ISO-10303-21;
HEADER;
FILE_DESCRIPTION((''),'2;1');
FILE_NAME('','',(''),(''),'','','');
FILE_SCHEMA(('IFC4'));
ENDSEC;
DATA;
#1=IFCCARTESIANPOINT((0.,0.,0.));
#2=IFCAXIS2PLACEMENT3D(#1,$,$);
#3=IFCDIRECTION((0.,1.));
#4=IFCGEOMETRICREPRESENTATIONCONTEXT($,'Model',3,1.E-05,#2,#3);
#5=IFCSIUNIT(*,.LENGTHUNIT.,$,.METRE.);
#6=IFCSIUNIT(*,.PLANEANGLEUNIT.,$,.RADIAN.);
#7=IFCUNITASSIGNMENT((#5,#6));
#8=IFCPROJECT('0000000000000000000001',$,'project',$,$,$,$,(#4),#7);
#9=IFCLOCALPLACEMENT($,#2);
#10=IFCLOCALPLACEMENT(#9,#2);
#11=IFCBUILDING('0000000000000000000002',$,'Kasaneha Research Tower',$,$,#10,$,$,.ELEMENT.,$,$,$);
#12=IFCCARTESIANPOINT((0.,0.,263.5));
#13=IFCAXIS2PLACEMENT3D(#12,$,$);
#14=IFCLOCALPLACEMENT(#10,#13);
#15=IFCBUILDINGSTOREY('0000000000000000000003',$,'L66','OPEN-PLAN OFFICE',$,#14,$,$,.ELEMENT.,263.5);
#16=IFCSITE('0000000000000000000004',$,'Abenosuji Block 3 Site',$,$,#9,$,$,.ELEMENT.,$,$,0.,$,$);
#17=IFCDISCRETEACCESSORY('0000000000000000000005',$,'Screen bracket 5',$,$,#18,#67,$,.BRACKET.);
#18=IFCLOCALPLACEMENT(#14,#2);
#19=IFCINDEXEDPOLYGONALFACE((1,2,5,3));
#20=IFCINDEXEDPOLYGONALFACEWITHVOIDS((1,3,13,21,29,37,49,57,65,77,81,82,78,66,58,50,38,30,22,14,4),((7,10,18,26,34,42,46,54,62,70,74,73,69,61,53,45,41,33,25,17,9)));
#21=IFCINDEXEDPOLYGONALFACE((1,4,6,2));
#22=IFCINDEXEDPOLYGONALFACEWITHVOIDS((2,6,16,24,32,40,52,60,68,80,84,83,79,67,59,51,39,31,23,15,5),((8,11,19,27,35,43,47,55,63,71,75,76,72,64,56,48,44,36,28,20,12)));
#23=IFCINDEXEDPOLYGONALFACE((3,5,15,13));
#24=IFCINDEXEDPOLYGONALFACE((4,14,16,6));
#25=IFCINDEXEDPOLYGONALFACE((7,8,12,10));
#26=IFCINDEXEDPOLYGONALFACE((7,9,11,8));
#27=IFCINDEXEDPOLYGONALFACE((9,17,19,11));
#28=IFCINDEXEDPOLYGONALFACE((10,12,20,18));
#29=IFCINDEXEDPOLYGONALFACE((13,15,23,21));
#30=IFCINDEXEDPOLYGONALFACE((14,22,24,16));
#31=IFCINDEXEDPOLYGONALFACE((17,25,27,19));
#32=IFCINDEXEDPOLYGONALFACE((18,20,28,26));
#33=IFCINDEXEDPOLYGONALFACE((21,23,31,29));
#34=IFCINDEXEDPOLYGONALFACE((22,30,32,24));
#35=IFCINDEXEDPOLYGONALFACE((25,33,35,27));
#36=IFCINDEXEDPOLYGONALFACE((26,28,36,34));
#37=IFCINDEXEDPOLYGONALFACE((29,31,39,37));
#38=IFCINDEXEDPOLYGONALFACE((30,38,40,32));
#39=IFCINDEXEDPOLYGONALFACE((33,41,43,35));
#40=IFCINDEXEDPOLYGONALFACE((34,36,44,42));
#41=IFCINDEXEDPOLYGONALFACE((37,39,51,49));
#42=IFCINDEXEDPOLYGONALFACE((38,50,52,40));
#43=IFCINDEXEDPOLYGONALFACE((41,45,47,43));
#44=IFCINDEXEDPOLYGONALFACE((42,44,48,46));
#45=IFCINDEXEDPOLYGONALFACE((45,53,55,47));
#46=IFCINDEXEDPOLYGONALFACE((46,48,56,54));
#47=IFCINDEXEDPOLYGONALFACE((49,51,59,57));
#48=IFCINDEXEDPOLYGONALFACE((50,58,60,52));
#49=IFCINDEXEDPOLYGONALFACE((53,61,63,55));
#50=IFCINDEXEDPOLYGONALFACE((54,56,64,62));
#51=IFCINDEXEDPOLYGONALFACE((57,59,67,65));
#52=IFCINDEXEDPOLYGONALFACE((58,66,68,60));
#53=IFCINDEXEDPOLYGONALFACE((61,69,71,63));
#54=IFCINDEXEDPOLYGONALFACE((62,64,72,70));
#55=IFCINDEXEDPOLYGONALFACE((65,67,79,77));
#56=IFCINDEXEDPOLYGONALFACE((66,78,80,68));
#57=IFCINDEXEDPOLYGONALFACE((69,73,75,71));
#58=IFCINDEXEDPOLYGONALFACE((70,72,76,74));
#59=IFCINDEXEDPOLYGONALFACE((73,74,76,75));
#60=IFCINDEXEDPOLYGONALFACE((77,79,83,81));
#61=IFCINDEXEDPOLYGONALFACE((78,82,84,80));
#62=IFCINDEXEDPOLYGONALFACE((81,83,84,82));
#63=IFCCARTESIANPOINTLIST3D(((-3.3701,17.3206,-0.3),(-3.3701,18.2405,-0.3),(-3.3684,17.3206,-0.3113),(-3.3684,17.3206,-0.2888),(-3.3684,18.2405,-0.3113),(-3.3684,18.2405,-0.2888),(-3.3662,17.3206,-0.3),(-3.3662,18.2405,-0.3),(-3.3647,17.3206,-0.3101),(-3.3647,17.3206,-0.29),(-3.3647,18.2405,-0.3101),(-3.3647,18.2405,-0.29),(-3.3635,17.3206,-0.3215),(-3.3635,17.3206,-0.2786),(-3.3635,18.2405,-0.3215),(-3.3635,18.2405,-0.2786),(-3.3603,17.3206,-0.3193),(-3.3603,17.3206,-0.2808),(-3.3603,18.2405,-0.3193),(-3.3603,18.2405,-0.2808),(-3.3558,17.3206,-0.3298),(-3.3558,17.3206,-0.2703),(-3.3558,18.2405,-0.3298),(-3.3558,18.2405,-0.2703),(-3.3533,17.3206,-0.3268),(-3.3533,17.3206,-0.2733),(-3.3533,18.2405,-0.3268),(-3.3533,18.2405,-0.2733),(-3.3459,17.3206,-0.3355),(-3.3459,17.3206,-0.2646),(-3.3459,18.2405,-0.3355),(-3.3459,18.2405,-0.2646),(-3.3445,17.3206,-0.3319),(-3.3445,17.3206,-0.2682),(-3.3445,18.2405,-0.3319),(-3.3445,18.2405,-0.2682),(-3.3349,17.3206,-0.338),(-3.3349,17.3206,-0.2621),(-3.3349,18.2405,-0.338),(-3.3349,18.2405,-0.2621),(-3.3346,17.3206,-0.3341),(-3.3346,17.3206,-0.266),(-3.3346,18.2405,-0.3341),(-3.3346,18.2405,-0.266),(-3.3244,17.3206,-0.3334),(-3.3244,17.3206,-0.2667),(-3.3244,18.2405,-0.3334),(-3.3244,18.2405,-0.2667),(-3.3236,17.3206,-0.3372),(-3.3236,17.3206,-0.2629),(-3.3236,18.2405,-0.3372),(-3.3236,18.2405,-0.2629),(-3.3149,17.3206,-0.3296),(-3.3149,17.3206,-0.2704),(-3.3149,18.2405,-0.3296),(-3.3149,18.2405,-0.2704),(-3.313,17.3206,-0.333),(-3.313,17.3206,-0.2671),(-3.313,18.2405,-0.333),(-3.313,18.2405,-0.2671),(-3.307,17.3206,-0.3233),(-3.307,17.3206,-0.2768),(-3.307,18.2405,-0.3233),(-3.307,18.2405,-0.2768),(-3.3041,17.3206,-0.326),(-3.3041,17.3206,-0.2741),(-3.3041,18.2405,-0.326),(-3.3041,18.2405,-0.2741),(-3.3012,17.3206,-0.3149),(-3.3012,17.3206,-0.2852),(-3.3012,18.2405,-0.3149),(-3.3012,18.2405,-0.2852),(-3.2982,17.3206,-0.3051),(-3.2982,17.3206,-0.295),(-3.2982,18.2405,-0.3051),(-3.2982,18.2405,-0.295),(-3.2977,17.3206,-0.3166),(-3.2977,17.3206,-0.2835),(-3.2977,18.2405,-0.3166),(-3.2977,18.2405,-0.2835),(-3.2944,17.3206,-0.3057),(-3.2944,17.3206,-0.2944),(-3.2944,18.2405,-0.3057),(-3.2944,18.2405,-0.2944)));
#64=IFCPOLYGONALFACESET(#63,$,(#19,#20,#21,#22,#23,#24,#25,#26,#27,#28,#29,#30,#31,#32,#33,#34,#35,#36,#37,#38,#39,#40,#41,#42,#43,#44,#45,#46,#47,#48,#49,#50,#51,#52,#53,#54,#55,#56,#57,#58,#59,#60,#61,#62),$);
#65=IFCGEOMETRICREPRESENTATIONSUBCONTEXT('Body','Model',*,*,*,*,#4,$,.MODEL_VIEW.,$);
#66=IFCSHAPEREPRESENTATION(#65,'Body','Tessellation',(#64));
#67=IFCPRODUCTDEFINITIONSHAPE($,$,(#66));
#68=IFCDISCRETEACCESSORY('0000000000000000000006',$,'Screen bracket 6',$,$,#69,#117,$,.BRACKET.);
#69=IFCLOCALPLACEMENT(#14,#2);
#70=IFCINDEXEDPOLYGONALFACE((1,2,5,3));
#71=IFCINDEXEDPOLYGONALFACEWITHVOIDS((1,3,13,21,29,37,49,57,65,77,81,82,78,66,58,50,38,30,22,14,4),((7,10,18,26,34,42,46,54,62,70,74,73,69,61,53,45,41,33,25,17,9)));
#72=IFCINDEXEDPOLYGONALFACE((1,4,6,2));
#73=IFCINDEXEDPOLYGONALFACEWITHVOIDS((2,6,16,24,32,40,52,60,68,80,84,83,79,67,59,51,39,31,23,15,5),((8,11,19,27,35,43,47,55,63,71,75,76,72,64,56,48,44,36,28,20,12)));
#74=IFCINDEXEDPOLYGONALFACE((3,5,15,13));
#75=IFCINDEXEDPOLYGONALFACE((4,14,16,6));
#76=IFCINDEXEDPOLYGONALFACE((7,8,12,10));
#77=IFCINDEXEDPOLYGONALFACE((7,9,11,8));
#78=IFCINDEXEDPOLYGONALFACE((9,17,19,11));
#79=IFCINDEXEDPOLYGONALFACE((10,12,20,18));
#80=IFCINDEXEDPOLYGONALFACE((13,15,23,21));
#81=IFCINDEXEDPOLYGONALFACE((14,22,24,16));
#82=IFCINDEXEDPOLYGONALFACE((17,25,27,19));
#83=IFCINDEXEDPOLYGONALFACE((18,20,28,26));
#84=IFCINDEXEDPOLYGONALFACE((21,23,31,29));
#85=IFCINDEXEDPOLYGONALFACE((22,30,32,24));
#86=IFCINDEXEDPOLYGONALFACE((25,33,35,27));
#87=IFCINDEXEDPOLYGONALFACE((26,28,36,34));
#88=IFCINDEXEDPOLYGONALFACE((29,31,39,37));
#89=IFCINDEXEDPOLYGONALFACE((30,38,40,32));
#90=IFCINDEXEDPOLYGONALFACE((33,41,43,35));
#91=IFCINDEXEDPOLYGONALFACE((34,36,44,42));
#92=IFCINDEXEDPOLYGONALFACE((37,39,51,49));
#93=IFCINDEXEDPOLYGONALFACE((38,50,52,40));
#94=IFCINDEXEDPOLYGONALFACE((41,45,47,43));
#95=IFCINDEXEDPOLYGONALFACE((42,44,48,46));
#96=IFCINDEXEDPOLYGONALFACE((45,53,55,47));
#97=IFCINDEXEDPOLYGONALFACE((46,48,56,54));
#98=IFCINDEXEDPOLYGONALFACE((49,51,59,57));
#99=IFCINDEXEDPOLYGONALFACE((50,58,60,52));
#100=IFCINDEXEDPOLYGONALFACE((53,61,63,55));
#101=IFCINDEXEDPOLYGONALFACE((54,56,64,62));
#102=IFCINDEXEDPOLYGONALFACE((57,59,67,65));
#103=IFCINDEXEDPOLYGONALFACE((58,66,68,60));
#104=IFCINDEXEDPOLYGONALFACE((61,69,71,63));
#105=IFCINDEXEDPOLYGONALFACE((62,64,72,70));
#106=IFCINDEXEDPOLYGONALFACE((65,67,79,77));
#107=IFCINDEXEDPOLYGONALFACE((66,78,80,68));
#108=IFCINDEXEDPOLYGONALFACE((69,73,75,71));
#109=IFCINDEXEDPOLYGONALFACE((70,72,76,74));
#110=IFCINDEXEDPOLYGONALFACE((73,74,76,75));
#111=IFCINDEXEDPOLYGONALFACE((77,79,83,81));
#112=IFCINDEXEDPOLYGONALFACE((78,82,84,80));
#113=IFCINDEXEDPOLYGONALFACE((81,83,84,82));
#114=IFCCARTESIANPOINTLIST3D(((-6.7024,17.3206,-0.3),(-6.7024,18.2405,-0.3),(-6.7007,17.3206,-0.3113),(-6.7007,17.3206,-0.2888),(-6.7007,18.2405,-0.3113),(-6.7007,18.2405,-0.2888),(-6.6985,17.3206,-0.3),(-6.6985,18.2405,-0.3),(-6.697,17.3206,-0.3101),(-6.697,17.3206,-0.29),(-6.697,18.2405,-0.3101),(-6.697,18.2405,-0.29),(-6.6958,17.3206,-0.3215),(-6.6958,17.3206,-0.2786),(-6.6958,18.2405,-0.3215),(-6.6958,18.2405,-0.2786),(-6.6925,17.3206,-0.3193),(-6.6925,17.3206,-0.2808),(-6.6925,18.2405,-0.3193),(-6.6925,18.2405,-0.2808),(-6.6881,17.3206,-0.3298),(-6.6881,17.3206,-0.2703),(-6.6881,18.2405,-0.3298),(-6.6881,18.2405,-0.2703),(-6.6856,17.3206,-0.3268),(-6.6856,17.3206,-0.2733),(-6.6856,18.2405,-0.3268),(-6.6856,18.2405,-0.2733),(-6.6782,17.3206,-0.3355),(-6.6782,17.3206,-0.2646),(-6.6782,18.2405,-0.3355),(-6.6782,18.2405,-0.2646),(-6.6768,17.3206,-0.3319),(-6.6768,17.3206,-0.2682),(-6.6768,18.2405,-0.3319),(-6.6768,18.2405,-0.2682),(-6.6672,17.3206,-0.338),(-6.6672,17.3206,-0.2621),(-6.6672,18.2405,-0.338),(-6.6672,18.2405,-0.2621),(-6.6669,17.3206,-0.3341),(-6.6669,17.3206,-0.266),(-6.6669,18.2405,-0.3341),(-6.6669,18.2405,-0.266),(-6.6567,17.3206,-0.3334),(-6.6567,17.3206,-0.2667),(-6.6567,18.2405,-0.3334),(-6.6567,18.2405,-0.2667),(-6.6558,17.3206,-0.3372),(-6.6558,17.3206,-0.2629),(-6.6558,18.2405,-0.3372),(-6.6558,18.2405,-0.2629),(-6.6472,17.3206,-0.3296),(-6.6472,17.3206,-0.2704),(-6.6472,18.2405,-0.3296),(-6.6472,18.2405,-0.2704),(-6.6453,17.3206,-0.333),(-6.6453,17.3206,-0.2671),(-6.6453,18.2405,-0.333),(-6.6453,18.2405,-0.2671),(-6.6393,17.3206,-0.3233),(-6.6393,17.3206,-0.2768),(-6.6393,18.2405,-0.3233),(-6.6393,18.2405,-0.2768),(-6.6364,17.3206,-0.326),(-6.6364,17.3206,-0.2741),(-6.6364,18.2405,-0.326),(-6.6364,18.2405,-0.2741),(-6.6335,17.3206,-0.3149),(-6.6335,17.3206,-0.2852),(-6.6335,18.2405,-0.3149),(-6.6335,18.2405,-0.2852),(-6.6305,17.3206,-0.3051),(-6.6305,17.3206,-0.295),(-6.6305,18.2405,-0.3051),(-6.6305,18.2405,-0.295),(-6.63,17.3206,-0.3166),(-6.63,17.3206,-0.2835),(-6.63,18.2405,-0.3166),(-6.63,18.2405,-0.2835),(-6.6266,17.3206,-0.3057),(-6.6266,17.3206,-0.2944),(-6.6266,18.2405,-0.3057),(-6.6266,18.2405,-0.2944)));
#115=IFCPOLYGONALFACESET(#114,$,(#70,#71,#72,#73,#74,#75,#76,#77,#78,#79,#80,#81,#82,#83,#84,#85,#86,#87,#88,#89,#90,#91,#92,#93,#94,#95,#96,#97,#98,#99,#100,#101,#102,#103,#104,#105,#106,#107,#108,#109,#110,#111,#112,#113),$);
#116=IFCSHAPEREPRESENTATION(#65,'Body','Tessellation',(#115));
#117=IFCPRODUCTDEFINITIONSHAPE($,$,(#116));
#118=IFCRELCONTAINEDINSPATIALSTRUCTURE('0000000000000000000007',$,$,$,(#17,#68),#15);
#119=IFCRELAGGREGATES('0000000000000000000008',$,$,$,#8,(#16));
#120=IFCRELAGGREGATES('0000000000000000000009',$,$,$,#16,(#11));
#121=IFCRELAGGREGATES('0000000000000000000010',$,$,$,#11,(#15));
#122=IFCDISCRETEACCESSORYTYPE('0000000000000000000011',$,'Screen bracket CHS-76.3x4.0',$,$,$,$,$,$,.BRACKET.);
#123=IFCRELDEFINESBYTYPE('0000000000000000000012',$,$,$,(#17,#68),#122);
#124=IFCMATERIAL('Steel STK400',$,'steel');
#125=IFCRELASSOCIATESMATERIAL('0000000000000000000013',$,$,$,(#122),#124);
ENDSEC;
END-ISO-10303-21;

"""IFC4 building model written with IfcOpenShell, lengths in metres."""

from ifc_helpers import new_model, si_unit, direction, frame, origin, origin_2d, place, context, subcontext, project, spatial, hollow_circle, extrude, material, material_profile, profile_set, type_object, element, save


model = new_model("IFC4")

# Units and contexts
model_context = context("Model", 3, precision=1e-05, world=origin(), true_north=direction((0.0, 1.0)))
body_context = subcontext(model_context, "Body", "Model", "MODEL_VIEW")
ifc_project = project(units=[si_unit("LENGTHUNIT", "METRE"), si_unit("PLANEANGLEUNIT", "RADIAN")], contexts=[model_context])

# Site, building, storey
site_placement = place(None, origin())
site = spatial("IfcSite", under=ifc_project, at=site_placement, Name="Abenosuji Block 3 Site", CompositionType="ELEMENT", RefElevation=0.0)
building_placement = place(site_placement, origin())
building = spatial("IfcBuilding", under=site, at=building_placement, Name="Kasaneha Research Tower", CompositionType="ELEMENT")
storey_placement = place(building_placement, frame((0.0, 0.0, 263.5)))
storey = spatial("IfcBuildingStorey", under=building, at=storey_placement, Name="L66", Description="OPEN-PLAN OFFICE", CompositionType="ELEMENT", Elevation=263.5)

# Discrete accessories
ifc_material_1 = material(Name="Steel STK400", Category="steel")
ifc_material_profile_1 = material_profile(ifc_material_1, hollow_circle(Radius=0.0381, WallThickness=0.0039, at=origin_2d()), Name="CHS-76.3x4.0")
ifc_profile_set_1 = profile_set([ifc_material_profile_1], Name="Steel STK400")
discrete_accessory_type = type_object("IfcDiscreteAccessoryType", Name="Screen bracket CHS-76.3x4.0", PredefinedType="BRACKET", material=ifc_profile_set_1)
for number, where, z_axis, x_axis, name in (
    (1, (-3.332, 17.3206, -0.3), (0.0, 1.0, 0.0), (-1.0, 0.0, 0.0), "Screen bracket 5"),
    (2, (-6.6643, 17.3206, -0.3), (0.0, 1.0, 0.0), (-1.0, 0.0, 0.0), "Screen bracket 6"),
):
    element("IfcDiscreteAccessory", number, at=place(storey_placement, frame(where, z_axis=z_axis, x_axis=x_axis)), inside=storey, type_object=discrete_accessory_type, Name=name, PredefinedType="BRACKET", context=body_context, shape_type="SweptSolid", body=[
        extrude(hollow_circle(Radius=0.0381, WallThickness=0.0039, at=origin_2d()), origin(), (0.0, 0.0, 1.0), 0.9199),
    ])

save(model, "model.ifc")
